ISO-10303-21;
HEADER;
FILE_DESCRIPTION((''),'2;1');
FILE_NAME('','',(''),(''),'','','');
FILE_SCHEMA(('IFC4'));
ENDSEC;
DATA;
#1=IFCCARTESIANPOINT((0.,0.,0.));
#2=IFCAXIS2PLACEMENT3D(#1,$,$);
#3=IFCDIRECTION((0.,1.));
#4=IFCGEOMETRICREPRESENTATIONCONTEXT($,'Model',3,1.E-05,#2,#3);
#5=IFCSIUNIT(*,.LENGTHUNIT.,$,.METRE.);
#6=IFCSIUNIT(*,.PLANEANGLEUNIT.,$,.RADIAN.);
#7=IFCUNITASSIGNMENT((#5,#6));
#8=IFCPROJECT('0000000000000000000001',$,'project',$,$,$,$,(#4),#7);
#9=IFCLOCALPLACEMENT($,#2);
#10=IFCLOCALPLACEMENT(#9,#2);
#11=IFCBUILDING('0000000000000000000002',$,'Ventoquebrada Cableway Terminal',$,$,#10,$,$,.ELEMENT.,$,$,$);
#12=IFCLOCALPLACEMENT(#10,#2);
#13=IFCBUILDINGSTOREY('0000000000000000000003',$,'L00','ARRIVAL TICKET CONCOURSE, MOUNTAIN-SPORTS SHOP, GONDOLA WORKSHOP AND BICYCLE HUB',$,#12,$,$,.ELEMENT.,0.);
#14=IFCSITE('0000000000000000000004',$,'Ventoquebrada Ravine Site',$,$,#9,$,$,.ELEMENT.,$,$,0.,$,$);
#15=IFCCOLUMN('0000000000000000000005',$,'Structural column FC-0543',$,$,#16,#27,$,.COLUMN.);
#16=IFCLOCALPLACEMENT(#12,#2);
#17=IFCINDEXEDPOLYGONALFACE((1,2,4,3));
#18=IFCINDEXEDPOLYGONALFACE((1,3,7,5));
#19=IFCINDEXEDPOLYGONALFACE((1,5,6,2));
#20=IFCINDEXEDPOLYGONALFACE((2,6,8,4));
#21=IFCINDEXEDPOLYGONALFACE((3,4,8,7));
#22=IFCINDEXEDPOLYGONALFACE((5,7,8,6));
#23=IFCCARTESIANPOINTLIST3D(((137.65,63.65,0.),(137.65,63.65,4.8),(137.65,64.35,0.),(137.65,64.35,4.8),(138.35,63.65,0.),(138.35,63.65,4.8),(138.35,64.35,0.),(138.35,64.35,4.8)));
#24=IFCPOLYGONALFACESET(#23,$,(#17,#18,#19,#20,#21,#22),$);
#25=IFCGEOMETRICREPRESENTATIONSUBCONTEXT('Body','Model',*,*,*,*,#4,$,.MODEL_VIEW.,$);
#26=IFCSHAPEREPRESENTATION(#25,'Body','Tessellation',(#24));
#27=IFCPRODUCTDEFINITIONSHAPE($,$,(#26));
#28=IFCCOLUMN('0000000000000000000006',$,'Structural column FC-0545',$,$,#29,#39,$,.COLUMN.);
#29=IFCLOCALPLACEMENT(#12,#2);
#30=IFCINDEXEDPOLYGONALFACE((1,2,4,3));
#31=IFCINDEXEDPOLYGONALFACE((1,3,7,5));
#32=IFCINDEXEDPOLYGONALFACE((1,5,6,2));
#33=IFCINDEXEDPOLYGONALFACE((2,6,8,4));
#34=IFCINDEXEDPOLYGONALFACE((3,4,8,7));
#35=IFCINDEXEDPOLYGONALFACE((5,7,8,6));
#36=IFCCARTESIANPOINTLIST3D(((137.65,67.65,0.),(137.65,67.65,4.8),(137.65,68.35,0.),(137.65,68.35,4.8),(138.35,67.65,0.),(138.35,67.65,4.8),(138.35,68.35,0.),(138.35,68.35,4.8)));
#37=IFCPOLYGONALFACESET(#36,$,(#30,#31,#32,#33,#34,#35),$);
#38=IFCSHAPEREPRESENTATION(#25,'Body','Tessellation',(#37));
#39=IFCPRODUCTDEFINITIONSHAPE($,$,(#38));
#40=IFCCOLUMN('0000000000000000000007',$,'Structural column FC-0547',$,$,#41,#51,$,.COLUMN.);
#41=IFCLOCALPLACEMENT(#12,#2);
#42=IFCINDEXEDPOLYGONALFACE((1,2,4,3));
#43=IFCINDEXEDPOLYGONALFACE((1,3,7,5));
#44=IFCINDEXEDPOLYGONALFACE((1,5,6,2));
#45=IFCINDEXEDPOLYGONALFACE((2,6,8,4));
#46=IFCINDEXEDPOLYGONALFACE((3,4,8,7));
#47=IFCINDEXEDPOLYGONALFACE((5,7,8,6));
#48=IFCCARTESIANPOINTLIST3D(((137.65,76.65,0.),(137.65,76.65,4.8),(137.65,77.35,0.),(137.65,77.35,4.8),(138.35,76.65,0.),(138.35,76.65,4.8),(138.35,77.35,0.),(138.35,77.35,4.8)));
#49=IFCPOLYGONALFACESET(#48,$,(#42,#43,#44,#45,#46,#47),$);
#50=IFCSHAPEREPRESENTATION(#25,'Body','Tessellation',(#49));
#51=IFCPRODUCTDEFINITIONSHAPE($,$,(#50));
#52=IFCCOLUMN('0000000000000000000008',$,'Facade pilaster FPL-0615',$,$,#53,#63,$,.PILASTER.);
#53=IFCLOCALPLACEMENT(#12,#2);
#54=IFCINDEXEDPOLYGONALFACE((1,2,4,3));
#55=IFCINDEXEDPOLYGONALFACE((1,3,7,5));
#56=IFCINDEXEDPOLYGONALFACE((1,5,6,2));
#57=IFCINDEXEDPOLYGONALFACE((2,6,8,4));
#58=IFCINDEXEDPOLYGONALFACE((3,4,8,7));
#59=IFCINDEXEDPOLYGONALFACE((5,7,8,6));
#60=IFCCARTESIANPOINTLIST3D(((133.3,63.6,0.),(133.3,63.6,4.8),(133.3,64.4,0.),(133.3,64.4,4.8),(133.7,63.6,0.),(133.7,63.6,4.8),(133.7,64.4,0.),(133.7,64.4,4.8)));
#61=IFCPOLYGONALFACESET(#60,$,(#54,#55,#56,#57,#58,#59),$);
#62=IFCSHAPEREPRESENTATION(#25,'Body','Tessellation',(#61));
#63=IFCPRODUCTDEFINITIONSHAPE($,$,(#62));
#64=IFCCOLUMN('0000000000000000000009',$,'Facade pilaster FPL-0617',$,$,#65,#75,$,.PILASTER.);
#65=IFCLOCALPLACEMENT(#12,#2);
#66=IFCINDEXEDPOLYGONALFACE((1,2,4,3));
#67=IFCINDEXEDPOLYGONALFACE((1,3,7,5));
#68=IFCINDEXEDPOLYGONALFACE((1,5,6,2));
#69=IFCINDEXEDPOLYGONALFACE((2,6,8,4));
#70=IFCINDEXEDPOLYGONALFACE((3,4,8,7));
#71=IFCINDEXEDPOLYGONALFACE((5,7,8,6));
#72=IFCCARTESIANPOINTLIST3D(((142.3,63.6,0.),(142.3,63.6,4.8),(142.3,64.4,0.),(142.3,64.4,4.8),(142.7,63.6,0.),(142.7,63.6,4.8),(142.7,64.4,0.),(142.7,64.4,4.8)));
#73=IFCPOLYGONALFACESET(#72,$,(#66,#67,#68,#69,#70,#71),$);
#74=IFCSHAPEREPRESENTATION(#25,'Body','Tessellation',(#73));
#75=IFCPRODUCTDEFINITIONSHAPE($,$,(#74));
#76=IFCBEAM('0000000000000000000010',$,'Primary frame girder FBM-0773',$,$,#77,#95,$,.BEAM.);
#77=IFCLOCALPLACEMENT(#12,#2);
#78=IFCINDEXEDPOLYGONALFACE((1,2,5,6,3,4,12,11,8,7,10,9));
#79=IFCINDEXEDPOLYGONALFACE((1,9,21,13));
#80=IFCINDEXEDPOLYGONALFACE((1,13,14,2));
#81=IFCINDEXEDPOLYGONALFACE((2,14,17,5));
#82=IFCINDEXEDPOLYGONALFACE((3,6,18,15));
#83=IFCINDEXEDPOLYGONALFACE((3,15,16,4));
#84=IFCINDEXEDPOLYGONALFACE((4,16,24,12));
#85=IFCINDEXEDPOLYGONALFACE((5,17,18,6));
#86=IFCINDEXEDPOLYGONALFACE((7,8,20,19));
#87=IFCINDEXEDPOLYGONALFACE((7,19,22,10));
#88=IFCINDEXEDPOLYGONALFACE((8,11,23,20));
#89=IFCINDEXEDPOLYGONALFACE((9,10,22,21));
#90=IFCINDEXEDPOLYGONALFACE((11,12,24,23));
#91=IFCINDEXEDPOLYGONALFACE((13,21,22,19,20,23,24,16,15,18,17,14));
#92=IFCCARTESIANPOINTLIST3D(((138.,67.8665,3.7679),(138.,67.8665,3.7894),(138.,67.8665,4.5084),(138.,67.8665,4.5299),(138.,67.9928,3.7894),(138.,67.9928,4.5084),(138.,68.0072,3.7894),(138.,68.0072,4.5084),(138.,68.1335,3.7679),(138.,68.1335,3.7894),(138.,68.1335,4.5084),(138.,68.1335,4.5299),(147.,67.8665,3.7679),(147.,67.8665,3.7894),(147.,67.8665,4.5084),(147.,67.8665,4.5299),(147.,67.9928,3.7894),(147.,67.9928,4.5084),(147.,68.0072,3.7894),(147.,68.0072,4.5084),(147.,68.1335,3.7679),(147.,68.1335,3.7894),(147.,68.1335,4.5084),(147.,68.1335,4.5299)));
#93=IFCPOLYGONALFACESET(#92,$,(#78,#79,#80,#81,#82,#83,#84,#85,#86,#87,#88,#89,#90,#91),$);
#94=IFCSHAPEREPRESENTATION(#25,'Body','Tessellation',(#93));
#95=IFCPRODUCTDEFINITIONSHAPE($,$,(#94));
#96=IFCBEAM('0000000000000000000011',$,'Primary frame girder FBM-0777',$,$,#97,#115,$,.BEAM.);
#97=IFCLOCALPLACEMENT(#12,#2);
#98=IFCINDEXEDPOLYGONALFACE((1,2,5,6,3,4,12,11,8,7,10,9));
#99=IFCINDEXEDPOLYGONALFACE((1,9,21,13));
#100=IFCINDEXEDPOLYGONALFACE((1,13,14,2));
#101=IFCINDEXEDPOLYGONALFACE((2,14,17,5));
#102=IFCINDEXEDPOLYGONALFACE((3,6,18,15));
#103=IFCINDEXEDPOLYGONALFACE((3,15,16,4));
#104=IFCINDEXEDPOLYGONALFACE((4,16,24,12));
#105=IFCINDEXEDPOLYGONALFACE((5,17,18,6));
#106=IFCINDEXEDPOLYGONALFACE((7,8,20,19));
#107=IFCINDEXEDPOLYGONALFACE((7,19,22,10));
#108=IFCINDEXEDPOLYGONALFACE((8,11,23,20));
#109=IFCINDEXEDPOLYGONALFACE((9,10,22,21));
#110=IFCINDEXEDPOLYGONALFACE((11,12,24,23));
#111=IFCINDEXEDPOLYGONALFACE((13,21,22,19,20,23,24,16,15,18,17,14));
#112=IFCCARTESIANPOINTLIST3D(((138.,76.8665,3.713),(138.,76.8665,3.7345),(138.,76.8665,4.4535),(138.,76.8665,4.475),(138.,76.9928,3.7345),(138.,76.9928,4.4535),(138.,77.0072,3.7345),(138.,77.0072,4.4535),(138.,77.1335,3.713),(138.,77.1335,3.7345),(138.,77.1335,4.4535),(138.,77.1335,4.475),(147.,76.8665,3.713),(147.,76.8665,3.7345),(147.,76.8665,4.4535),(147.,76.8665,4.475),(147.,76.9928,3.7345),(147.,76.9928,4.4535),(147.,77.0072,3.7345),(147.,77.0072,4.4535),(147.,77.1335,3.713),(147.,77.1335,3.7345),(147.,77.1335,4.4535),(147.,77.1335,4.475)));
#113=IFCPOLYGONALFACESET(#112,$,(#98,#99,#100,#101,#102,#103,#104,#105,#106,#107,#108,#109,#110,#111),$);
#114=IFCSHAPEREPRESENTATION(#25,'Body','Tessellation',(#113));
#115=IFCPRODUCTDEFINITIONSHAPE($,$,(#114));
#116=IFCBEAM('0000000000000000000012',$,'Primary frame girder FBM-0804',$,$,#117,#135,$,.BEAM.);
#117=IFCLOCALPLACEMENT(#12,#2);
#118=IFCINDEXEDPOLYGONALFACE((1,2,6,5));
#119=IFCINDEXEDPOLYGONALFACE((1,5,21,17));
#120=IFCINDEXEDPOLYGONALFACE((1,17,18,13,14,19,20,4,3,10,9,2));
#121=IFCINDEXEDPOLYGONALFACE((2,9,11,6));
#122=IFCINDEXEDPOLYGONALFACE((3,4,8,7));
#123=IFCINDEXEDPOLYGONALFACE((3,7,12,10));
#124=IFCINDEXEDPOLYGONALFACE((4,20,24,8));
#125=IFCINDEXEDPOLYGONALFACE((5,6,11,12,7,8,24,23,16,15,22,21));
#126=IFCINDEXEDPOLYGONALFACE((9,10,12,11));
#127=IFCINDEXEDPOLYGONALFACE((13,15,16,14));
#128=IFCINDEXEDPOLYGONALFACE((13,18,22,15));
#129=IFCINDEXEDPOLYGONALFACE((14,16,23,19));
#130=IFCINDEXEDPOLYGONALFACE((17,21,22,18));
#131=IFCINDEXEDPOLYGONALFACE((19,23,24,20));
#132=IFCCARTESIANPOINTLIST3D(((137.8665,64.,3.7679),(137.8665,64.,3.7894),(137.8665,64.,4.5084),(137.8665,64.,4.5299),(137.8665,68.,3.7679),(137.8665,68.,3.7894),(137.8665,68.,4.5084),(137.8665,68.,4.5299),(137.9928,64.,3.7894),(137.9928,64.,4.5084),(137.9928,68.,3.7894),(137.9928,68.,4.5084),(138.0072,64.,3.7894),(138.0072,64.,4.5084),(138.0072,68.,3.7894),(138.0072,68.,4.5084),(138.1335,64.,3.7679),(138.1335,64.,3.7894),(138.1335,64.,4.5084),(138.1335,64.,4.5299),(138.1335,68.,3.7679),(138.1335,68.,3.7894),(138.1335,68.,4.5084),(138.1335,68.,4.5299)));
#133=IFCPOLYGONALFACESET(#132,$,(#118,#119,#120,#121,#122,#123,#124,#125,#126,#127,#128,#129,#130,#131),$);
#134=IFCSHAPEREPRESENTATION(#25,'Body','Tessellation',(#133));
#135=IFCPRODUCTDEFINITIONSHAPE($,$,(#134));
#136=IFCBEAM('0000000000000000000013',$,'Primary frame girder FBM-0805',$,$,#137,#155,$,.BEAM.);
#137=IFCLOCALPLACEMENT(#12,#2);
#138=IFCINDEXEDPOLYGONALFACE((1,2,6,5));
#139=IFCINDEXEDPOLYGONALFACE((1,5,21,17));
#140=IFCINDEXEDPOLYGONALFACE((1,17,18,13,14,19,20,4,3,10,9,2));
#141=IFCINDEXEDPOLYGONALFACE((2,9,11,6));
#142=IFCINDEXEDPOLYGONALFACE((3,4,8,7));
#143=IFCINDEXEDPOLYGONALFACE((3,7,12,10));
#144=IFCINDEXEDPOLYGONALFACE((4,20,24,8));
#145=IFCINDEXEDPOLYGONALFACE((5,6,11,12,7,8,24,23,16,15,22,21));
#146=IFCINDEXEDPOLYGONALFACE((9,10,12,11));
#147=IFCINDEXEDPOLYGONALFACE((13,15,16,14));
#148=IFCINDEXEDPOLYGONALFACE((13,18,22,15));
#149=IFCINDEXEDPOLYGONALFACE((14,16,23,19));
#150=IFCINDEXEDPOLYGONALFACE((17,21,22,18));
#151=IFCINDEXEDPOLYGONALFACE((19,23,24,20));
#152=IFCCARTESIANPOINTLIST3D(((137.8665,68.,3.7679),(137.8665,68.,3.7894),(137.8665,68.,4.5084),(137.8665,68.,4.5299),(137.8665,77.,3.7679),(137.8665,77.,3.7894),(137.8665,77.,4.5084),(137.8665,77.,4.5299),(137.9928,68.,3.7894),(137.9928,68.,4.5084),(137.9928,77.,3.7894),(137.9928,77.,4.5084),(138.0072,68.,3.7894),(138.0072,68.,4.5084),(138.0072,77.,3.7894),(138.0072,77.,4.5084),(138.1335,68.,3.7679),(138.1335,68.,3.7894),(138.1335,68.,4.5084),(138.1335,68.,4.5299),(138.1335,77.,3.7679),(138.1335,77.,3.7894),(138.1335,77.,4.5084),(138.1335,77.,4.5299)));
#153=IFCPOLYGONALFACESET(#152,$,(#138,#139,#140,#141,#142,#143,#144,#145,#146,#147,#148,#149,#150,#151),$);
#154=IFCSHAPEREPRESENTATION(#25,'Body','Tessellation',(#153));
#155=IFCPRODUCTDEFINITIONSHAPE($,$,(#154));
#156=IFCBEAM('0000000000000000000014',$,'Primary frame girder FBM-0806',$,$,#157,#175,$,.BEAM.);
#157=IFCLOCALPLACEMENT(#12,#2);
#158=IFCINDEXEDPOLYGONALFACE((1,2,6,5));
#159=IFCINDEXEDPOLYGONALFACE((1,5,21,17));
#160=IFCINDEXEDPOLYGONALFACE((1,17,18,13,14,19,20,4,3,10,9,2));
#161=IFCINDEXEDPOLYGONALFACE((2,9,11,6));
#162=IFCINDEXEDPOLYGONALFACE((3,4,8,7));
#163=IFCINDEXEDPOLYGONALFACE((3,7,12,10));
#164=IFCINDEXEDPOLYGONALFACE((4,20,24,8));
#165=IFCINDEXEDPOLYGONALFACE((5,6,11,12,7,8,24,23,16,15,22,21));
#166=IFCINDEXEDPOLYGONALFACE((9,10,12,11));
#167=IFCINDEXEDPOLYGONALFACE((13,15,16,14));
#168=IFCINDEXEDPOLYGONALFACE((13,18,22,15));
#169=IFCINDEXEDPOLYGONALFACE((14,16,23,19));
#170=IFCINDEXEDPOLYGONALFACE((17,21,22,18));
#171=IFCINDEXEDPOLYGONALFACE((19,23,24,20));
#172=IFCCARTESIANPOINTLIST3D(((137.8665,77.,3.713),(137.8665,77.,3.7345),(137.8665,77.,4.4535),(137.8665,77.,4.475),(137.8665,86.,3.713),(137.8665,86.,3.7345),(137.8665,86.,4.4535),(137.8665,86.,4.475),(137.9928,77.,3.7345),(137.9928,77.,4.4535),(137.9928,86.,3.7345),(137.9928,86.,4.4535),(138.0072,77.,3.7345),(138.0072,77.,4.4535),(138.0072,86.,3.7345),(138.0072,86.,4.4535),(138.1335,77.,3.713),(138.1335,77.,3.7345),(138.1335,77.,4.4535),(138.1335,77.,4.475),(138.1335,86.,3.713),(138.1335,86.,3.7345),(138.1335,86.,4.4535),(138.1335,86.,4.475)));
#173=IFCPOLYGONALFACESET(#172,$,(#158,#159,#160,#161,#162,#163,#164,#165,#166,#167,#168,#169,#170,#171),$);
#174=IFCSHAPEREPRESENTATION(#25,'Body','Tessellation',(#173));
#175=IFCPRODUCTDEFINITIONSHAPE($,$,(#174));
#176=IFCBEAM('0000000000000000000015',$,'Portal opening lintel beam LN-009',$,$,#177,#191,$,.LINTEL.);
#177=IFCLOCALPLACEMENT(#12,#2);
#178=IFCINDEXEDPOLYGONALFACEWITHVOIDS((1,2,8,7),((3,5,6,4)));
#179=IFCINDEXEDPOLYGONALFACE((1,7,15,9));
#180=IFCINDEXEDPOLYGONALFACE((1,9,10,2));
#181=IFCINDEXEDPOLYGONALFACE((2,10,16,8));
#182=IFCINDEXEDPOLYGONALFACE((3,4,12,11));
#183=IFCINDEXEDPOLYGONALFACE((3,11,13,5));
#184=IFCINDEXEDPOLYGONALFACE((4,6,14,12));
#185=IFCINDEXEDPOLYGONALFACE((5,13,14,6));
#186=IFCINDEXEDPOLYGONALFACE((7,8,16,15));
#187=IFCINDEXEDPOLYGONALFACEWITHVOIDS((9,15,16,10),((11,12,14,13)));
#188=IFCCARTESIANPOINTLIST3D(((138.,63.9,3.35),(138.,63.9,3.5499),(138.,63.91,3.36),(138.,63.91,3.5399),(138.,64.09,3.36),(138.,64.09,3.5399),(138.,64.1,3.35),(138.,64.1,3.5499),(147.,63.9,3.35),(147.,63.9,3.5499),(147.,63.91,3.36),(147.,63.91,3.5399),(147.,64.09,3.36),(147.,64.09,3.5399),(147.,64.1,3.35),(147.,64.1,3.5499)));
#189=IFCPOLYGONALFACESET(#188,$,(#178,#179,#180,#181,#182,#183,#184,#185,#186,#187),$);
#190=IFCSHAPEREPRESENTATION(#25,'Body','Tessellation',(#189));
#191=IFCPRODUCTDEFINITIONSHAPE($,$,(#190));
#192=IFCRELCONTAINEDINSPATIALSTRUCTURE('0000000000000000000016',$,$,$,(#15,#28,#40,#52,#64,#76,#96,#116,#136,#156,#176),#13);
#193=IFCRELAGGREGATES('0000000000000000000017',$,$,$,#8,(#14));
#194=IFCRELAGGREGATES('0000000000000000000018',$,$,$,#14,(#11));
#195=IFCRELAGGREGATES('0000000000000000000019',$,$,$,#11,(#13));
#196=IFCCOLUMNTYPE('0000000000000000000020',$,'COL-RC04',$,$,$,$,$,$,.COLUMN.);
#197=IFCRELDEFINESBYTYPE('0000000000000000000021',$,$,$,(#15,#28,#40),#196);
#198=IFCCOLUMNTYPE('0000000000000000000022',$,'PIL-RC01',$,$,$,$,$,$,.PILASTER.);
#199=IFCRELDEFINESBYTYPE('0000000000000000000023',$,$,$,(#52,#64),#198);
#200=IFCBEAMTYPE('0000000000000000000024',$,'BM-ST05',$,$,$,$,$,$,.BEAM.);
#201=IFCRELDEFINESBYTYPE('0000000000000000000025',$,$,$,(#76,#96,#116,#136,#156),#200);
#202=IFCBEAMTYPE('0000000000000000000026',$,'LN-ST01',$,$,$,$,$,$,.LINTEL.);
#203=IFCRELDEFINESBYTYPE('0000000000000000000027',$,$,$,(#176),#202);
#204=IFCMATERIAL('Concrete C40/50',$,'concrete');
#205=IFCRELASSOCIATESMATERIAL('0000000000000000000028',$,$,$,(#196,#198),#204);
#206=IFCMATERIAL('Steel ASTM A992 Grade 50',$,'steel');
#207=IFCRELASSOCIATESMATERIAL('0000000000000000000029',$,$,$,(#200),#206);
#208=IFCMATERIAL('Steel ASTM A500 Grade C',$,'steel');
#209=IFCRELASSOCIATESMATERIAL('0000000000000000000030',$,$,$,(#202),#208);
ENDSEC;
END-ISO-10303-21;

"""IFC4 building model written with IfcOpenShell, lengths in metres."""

from ifc_helpers import new_model, si_unit, direction, frame, origin, origin_2d, place, context, subcontext, project, spatial, rectangle, hollow_rectangle, i_section, extrude, material, material_profile, profile_set, type_object, element, save


model = new_model("IFC4")

# Units and contexts
model_context = context("Model", 3, precision=1e-05, world=origin(), true_north=direction((0.0, 1.0)))
body_context = subcontext(model_context, "Body", "Model", "MODEL_VIEW")
ifc_project = project(units=[si_unit("LENGTHUNIT", "METRE"), si_unit("PLANEANGLEUNIT", "RADIAN")], contexts=[model_context])

# Site, building, storey
site_placement = place(None, origin())
site = spatial("IfcSite", under=ifc_project, at=site_placement, Name="Ventoquebrada Ravine Site", CompositionType="ELEMENT", RefElevation=0.0)
building_placement = place(site_placement, origin())
building = spatial("IfcBuilding", under=site, at=building_placement, Name="Ventoquebrada Cableway Terminal", CompositionType="ELEMENT")
storey_placement = place(building_placement, origin())
storey = spatial("IfcBuildingStorey", under=building, at=storey_placement, Name="L00", Description="ARRIVAL TICKET CONCOURSE, MOUNTAIN-SPORTS SHOP, GONDOLA WORKSHOP AND BICYCLE HUB", CompositionType="ELEMENT", Elevation=0.0)

# Columns
ifc_material_1 = material(Name="Concrete C40/50", Category="concrete")
ifc_material_profile_1 = material_profile(ifc_material_1, rectangle(XDim=0.7, YDim=0.7, at=origin_2d()), Name="RC-COL-700X700")
ifc_profile_set_1 = profile_set([ifc_material_profile_1], Name="Concrete C40/50")
column_type_1 = type_object("IfcColumnType", Name="COL-RC04", PredefinedType="COLUMN", material=ifc_profile_set_1)
for number, where, z_axis, x_axis, name in (
    (1, (138.0, 64.0, 0.0), (0.0, 0.0, 1.0), (1.0, 0.0, 0.0), "Structural column FC-0543"),
    (2, (138.0, 68.0, 0.0), (0.0, 0.0, 1.0), (1.0, 0.0, 0.0), "Structural column FC-0545"),
    (3, (138.0, 77.0, 0.0), (0.0, 0.0, 1.0), (1.0, 0.0, 0.0), "Structural column FC-0547"),
):
    element("IfcColumn", number, at=place(storey_placement, frame(where, z_axis=z_axis, x_axis=x_axis)), inside=storey, type_object=column_type_1, Name=name, PredefinedType="COLUMN", context=body_context, shape_type="SweptSolid", body=[
        extrude(rectangle(XDim=0.7, YDim=0.7, at=origin_2d()), origin(), (0.0, 0.0, 1.0), 4.8),
    ])
ifc_material_profile_2 = material_profile(ifc_material_1, rectangle(XDim=0.3999, YDim=0.8, at=origin_2d()), Name="RC-PIL-400X800")
ifc_profile_set_2 = profile_set([ifc_material_profile_2], Name="Concrete C40/50")
column_type_2 = type_object("IfcColumnType", Name="PIL-RC01", PredefinedType="PILASTER", material=ifc_profile_set_2)
for number, where, z_axis, x_axis, name in (
    (4, (133.5, 64.0, 0.0), (0.0, 0.0, 1.0), (1.0, 0.0, 0.0), "Facade pilaster FPL-0615"),
    (5, (142.5, 64.0, 0.0), (0.0, 0.0, 1.0), (1.0, 0.0, 0.0), "Facade pilaster FPL-0617"),
):
    element("IfcColumn", number, at=place(storey_placement, frame(where, z_axis=z_axis, x_axis=x_axis)), inside=storey, type_object=column_type_2, Name=name, PredefinedType="PILASTER", context=body_context, shape_type="SweptSolid", body=[
        extrude(rectangle(XDim=0.3999, YDim=0.8, at=origin_2d()), origin(), (0.0, 0.0, 1.0), 4.8),
    ])

# Beams
ifc_material_2 = material(Name="Steel ASTM A992 Grade 50", Category="steel")
ifc_material_profile_3 = material_profile(ifc_material_2, i_section(OverallWidth=0.2671, OverallDepth=0.762, WebThickness=0.0144, FlangeThickness=0.0215, at=origin_2d()), Name="W30X116")
ifc_profile_set_3 = profile_set([ifc_material_profile_3], Name="Steel ASTM A992 Grade 50")
beam_type_1 = type_object("IfcBeamType", Name="BM-ST05", PredefinedType="BEAM", material=ifc_profile_set_3)
for number, where, z_axis, x_axis, name in (
    (6, (138.0, 68.0, 4.1489), (1.0, 0.0, 0.0), (0.0, 1.0, 0.0), "Primary frame girder FBM-0773"),
    (7, (138.0, 77.0, 4.094), (1.0, 0.0, 0.0), (0.0, 1.0, 0.0), "Primary frame girder FBM-0777"),
):
    element("IfcBeam", number, at=place(storey_placement, frame(where, z_axis=z_axis, x_axis=x_axis)), inside=storey, type_object=beam_type_1, Name=name, PredefinedType="BEAM", context=body_context, shape_type="SweptSolid", body=[
        extrude(i_section(OverallWidth=0.2671, OverallDepth=0.762, WebThickness=0.0144, FlangeThickness=0.0215, at=origin_2d()), origin(), (0.0, 0.0, 1.0), 9.0),
    ])
beam_1_placement = place(storey_placement, frame((138.0, 64.0, 4.1489), z_axis=(0.0, 1.0, 0.0), x_axis=(-1.0, 0.0, 0.0)))
element("IfcBeam", 8, at=beam_1_placement, inside=storey, type_object=beam_type_1, Name="Primary frame girder FBM-0804", PredefinedType="BEAM", context=body_context, shape_type="SweptSolid", body=[
    extrude(i_section(OverallWidth=0.2671, OverallDepth=0.762, WebThickness=0.0144, FlangeThickness=0.0215, at=origin_2d()), origin(), (0.0, 0.0, 1.0), 4.0),
])
for number, where, z_axis, x_axis, name in (
    (9, (138.0, 68.0, 4.1489), (0.0, 1.0, 0.0), (-1.0, 0.0, 0.0), "Primary frame girder FBM-0805"),
    (10, (138.0, 77.0, 4.094), (0.0, 1.0, 0.0), (-1.0, 0.0, 0.0), "Primary frame girder FBM-0806"),
):
    element("IfcBeam", number, at=place(storey_placement, frame(where, z_axis=z_axis, x_axis=x_axis)), inside=storey, type_object=beam_type_1, Name=name, PredefinedType="BEAM", context=body_context, shape_type="SweptSolid", body=[
        extrude(i_section(OverallWidth=0.2671, OverallDepth=0.762, WebThickness=0.0144, FlangeThickness=0.0215, at=origin_2d()), origin(), (0.0, 0.0, 1.0), 9.0),
    ])
ifc_material_3 = material(Name="Steel ASTM A500 Grade C", Category="steel")
ifc_material_profile_4 = material_profile(ifc_material_3, hollow_rectangle(XDim=0.2, YDim=0.2, WallThickness=0.01, at=origin_2d()), Name="HSS200X200X10")
ifc_profile_set_4 = profile_set([ifc_material_profile_4], Name="Steel ASTM A500 Grade C")
beam_type_2 = type_object("IfcBeamType", Name="LN-ST01", PredefinedType="LINTEL", material=ifc_profile_set_4)
beam_2_placement = place(storey_placement, frame((138.0, 64.0, 3.45), z_axis=(1.0, 0.0, 0.0), x_axis=(0.0, 1.0, 0.0)))
element("IfcBeam", 11, at=beam_2_placement, inside=storey, type_object=beam_type_2, Name="Portal opening lintel beam LN-009", PredefinedType="LINTEL", context=body_context, shape_type="SweptSolid", body=[
    extrude(hollow_rectangle(XDim=0.2, YDim=0.2, WallThickness=0.01, at=origin_2d()), origin(), (0.0, 0.0, 1.0), 9.0),
])

save(model, "model.ifc")
